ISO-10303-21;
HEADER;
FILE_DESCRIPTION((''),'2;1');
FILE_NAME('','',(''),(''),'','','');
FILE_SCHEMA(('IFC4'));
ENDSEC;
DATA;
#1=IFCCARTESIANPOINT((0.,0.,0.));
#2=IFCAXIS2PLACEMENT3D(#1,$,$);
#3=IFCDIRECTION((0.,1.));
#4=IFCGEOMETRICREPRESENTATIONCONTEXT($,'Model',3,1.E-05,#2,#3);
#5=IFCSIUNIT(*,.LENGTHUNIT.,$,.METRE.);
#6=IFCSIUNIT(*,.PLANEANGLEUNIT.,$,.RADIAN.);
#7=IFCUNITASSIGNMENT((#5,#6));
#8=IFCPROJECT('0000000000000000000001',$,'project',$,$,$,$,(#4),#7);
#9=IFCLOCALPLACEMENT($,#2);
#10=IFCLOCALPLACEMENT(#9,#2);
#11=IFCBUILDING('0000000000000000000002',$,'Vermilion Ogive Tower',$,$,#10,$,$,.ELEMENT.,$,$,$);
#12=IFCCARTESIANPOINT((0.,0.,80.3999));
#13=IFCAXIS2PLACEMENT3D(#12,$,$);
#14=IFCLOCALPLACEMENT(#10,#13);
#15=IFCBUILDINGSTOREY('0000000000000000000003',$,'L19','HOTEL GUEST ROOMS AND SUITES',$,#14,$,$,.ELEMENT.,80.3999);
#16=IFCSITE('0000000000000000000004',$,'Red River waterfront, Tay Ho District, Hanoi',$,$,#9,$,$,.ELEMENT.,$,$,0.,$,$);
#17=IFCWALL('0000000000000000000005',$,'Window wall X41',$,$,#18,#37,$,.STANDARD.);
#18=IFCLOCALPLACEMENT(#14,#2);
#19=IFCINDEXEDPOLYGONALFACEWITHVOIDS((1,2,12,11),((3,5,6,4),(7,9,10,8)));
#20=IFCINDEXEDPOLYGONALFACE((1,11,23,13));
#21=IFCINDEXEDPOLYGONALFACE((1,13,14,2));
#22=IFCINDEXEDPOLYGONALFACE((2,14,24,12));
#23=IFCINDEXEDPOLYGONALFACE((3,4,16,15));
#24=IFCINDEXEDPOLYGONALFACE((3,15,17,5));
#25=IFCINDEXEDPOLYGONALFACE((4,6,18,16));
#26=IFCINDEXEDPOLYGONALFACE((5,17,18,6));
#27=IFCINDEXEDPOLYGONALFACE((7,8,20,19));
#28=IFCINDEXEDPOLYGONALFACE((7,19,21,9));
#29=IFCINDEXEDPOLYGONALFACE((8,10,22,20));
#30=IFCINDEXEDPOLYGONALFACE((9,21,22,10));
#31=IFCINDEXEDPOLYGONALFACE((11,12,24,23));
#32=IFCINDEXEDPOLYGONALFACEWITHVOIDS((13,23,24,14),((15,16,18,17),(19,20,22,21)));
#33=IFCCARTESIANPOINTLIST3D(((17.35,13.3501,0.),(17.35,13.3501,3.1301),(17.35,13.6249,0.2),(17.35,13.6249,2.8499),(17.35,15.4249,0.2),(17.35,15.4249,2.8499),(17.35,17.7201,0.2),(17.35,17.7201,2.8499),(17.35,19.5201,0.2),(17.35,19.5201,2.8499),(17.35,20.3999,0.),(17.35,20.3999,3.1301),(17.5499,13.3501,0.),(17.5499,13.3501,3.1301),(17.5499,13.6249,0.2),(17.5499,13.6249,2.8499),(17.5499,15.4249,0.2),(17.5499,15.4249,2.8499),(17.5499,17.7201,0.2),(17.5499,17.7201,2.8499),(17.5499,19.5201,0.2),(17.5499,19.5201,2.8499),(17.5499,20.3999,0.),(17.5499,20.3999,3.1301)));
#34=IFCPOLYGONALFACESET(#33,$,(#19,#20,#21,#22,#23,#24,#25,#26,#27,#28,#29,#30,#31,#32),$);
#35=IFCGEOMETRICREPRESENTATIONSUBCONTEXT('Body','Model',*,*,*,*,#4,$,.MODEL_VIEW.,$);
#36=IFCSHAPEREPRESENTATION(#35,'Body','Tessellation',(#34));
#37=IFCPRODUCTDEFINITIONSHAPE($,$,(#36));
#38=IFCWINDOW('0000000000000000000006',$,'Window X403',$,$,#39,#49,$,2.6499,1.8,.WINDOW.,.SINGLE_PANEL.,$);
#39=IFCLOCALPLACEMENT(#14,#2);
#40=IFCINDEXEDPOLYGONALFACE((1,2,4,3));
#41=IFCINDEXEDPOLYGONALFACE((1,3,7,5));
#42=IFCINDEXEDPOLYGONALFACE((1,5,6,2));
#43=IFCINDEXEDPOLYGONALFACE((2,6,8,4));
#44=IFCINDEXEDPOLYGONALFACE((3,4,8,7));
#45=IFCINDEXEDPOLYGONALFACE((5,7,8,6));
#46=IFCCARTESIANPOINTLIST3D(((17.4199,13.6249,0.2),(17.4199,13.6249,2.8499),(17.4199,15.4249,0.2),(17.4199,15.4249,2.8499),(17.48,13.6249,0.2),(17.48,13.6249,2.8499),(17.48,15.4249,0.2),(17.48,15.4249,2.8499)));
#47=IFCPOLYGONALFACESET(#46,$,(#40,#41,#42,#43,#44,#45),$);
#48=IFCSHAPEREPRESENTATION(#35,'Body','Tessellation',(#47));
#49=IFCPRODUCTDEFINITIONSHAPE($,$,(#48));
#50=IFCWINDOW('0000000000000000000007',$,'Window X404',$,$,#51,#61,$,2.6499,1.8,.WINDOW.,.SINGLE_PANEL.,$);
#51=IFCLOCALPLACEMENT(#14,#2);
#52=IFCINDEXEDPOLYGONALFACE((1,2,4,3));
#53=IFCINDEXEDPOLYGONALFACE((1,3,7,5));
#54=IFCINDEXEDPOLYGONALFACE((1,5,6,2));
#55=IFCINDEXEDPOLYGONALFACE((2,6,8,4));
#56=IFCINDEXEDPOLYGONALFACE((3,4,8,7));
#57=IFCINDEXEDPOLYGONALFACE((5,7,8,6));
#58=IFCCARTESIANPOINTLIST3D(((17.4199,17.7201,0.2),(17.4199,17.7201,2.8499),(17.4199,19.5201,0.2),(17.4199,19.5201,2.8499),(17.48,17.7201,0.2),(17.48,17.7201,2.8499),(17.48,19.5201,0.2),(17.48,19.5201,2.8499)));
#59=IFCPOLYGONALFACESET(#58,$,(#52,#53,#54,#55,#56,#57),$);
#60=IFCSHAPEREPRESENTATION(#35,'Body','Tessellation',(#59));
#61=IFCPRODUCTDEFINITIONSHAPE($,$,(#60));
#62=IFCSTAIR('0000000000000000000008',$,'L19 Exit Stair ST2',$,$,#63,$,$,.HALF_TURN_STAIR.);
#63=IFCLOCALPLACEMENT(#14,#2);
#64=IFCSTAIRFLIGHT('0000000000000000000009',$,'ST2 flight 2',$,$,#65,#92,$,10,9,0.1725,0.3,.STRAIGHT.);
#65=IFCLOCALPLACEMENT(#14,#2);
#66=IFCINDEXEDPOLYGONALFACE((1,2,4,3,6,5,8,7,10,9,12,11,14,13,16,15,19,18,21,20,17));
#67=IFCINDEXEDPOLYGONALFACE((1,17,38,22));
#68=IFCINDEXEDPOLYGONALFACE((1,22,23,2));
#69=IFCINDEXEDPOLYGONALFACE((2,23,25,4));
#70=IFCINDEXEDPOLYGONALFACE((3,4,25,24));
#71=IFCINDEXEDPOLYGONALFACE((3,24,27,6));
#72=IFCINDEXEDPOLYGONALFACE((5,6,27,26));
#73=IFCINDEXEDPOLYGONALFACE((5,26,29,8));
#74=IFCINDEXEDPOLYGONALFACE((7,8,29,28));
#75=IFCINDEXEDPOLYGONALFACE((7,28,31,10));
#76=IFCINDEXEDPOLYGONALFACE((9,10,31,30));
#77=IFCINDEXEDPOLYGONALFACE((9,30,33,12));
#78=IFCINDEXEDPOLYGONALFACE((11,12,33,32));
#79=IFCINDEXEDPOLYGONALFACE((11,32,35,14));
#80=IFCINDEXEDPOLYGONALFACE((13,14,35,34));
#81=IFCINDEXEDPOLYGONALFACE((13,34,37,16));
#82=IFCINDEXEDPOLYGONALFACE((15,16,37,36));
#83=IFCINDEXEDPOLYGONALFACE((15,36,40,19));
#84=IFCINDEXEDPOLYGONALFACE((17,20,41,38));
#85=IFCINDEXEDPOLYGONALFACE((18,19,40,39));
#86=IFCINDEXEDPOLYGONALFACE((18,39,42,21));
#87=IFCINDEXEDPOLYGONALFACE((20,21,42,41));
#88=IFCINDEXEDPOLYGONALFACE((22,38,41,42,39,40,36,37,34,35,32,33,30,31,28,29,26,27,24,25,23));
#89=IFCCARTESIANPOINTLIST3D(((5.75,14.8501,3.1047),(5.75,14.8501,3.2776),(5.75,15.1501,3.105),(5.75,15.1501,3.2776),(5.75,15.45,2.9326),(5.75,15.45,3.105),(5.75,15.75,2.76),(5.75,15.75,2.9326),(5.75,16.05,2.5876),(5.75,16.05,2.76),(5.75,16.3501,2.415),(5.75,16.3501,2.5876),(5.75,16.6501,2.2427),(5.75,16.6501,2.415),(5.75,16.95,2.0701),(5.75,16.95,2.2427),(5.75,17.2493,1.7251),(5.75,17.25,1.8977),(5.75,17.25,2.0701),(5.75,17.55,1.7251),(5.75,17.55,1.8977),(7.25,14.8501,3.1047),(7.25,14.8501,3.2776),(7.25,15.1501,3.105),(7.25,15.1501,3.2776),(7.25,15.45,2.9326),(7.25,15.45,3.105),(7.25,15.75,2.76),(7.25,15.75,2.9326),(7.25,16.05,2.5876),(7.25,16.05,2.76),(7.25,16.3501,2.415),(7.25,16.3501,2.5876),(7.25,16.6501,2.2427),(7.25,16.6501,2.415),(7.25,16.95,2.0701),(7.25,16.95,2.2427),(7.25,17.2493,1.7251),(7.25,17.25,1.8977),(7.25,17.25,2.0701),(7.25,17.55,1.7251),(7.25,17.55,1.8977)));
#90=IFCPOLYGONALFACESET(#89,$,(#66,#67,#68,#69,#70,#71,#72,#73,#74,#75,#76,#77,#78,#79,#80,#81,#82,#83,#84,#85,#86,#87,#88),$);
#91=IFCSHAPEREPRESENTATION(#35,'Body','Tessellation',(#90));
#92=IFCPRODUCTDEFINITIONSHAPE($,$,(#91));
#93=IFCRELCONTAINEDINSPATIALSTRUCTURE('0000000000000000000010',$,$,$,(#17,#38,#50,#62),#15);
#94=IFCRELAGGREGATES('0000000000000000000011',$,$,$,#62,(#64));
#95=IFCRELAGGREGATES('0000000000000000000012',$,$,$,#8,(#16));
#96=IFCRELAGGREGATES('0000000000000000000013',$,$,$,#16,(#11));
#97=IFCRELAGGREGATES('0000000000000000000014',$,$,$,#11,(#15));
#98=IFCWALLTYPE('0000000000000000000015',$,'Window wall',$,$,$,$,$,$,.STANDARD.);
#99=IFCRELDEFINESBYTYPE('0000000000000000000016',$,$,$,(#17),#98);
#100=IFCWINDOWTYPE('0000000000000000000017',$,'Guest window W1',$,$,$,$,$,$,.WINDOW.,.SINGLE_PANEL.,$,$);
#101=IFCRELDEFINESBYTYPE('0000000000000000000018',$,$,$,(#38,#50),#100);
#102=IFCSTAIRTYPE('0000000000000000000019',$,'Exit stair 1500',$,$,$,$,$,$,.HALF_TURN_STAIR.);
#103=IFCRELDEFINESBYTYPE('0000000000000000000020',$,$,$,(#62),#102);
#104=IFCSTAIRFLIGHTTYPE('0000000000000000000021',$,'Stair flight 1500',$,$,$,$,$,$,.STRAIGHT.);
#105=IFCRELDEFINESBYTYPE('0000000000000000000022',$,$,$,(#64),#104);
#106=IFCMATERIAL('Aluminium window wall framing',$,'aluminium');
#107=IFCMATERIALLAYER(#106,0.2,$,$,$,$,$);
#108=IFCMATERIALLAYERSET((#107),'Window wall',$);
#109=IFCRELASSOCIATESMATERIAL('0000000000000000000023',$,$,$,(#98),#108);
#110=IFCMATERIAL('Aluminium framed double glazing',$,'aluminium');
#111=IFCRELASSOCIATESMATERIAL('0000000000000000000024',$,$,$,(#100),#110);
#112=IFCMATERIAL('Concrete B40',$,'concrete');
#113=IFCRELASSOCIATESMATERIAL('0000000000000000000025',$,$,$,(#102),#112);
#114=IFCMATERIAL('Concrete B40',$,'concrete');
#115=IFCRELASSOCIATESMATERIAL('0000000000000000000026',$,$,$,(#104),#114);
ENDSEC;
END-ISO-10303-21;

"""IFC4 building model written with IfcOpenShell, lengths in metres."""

from ifc_helpers import new_model, si_unit, direction, frame, frame_2d, origin, place, context, subcontext, project, spatial, polyline, rectangle, outline, extrude, material, layer, layer_set, type_object, element, fill, aggregate, save


model = new_model("IFC4")

# Units and contexts
model_context = context("Model", 3, precision=1e-05, world=origin(), true_north=direction((0.0, 1.0)))
body_context = subcontext(model_context, "Body", "Model", "MODEL_VIEW")
ifc_project = project(units=[si_unit("LENGTHUNIT", "METRE"), si_unit("PLANEANGLEUNIT", "RADIAN")], contexts=[model_context])

# Site, building, storey
site_placement = place(None, origin())
site = spatial("IfcSite", under=ifc_project, at=site_placement, Name="Red River waterfront, Tay Ho District, Hanoi", CompositionType="ELEMENT", RefElevation=0.0)
building_placement = place(site_placement, origin())
building = spatial("IfcBuilding", under=site, at=building_placement, Name="Vermilion Ogive Tower", CompositionType="ELEMENT")
storey_placement = place(building_placement, frame((0.0, 0.0, 80.3999)))
storey = spatial("IfcBuildingStorey", under=building, at=storey_placement, Name="L19", Description="HOTEL GUEST ROOMS AND SUITES", CompositionType="ELEMENT", Elevation=80.3999)

# Shared definitions
ifc_material_1 = material(Name="Aluminium window wall framing", Category="aluminium")
ifc_layer_1 = layer(ifc_material_1, 0.2)
ifc_layer_set_1 = layer_set([ifc_layer_1], Name="Window wall")
wall_type_1 = type_object("IfcWallType", Name="Window wall", PredefinedType="STANDARD", material=ifc_layer_set_1)

# Wall, openings, windows
wall_1_placement = place(storey_placement, frame((17.45, 13.3501, 0.0), z_axis=(0.0, 0.0, 1.0), x_axis=(0.0, 1.0, 0.0)))
wall_1 = element("IfcWall", 1, at=wall_1_placement, inside=storey, type_object=wall_type_1, Name="Window wall X41", PredefinedType="STANDARD", context=body_context, shape_type="SweptSolid", body=[
    extrude(rectangle(XDim=7.0498, YDim=0.2, at=frame_2d((3.5249, 0.0))), origin(), (0.0, 0.0, 1.0), 3.1301),
])
opening_1_placement = place(wall_1_placement, frame((0.2749, 0.0, 0.2)))
opening_1 = element("IfcOpeningElement", 2, at=opening_1_placement, cuts=wall_1, PredefinedType="OPENING", context=body_context, shape_type="SweptSolid", body=[
    extrude(rectangle(XDim=1.8, YDim=2.6499, at=frame_2d((0.8999, 1.325))), frame((0.0, 0.1099, 0.0), z_axis=(0.0, -1.0, 0.0), x_axis=(1.0, 0.0, 0.0)), (0.0, 0.0, 1.0), 0.22),
])
opening_2_placement = place(wall_1_placement, frame((4.3701, 0.0, 0.2)))
opening_2 = element("IfcOpeningElement", 3, at=opening_2_placement, cuts=wall_1, PredefinedType="OPENING", context=body_context, shape_type="SweptSolid", body=[
    extrude(rectangle(XDim=1.8, YDim=2.6499, at=frame_2d((0.8999, 1.325))), frame((0.0, 0.1099, 0.0), z_axis=(0.0, -1.0, 0.0), x_axis=(1.0, 0.0, 0.0)), (0.0, 0.0, 1.0), 0.22),
])
ifc_material_2 = material(Name="Aluminium framed double glazing", Category="aluminium")
window_type = type_object("IfcWindowType", Name="Guest window W1", PartitioningType="SINGLE_PANEL", PredefinedType="WINDOW", material=ifc_material_2)
window_1_placement = place(opening_1_placement, origin())
window_1 = element("IfcWindow", 4, at=window_1_placement, inside=storey, type_object=window_type, Name="Window X403", OverallHeight=2.6499, OverallWidth=1.8, PartitioningType="SINGLE_PANEL", PredefinedType="WINDOW", context=body_context, shape_type="SweptSolid", body=[
    extrude(rectangle(XDim=1.8, YDim=2.6499, at=frame_2d((0.8999, 1.325))), frame((0.0, 0.03, 0.0), z_axis=(0.0, -1.0, 0.0), x_axis=(1.0, 0.0, 0.0)), (0.0, 0.0, 1.0), 0.0601),
])
fill(opening_1, window_1)
window_2_placement = place(opening_2_placement, origin())
window_2 = element("IfcWindow", 5, at=window_2_placement, inside=storey, type_object=window_type, Name="Window X404", OverallHeight=2.6499, OverallWidth=1.8, PartitioningType="SINGLE_PANEL", PredefinedType="WINDOW", context=body_context, shape_type="SweptSolid", body=[
    extrude(rectangle(XDim=1.8, YDim=2.6499, at=frame_2d((0.8999, 1.325))), frame((0.0, 0.03, 0.0), z_axis=(0.0, -1.0, 0.0), x_axis=(1.0, 0.0, 0.0)), (0.0, 0.0, 1.0), 0.0601),
])
fill(opening_2, window_2)

# Stair, stair flight
ifc_material_3 = material(Name="Concrete B40", Category="concrete")
stair_type = type_object("IfcStairType", Name="Exit stair 1500", PredefinedType="HALF_TURN_STAIR", material=ifc_material_3)
stair_placement = place(storey_placement, origin())
stair = element("IfcStair", 6, at=stair_placement, inside=storey, type_object=stair_type, Name="L19 Exit Stair ST2", PredefinedType="HALF_TURN_STAIR")
ifc_material_4 = material(Name="Concrete B40", Category="concrete")
stair_flight_type = type_object("IfcStairFlightType", Name="Stair flight 1500", PredefinedType="STRAIGHT", material=ifc_material_4)
stair_flight_placement = place(storey_placement, frame((6.5, 17.55, 1.7251), z_axis=(0.0, 0.0, 1.0), x_axis=(0.0, -1.0, 0.0)))
stair_flight = element("IfcStairFlight", 7, at=stair_flight_placement, type_object=stair_flight_type, Name="ST2 flight 2", NumberOfRisers=10, NumberOfTreads=9, PredefinedType="STRAIGHT", RiserHeight=0.1725, TreadLength=0.3, context=body_context, shape_type="SweptSolid", body=[
    extrude(outline(polyline([(0.0, 0.0), (0.0, 0.1726), (0.3, 0.1726), (0.3, 0.345), (0.6001, 0.345), (0.6001, 0.5176), (0.8999, 0.5176), (0.8999, 0.6899), (1.2, 0.6899), (1.2, 0.8625), (1.5, 0.8625), (1.5, 1.0349), (1.8, 1.0349), (1.8, 1.2075), (2.1001, 1.2075), (2.1001, 1.3799), (2.3999, 1.3799), (2.3999, 1.5525), (2.7, 1.5525), (2.7, 1.7251), (2.7, 1.3796), (0.3008, 0.0), (0.0, 0.0)])), frame((0.0, 0.75, 0.0), z_axis=(0.0, -1.0, 0.0), x_axis=(1.0, 0.0, 0.0)), (0.0, 0.0, 1.0), 1.5),
])
aggregate(stair, [stair_flight])

save(model, "model.ifc")
